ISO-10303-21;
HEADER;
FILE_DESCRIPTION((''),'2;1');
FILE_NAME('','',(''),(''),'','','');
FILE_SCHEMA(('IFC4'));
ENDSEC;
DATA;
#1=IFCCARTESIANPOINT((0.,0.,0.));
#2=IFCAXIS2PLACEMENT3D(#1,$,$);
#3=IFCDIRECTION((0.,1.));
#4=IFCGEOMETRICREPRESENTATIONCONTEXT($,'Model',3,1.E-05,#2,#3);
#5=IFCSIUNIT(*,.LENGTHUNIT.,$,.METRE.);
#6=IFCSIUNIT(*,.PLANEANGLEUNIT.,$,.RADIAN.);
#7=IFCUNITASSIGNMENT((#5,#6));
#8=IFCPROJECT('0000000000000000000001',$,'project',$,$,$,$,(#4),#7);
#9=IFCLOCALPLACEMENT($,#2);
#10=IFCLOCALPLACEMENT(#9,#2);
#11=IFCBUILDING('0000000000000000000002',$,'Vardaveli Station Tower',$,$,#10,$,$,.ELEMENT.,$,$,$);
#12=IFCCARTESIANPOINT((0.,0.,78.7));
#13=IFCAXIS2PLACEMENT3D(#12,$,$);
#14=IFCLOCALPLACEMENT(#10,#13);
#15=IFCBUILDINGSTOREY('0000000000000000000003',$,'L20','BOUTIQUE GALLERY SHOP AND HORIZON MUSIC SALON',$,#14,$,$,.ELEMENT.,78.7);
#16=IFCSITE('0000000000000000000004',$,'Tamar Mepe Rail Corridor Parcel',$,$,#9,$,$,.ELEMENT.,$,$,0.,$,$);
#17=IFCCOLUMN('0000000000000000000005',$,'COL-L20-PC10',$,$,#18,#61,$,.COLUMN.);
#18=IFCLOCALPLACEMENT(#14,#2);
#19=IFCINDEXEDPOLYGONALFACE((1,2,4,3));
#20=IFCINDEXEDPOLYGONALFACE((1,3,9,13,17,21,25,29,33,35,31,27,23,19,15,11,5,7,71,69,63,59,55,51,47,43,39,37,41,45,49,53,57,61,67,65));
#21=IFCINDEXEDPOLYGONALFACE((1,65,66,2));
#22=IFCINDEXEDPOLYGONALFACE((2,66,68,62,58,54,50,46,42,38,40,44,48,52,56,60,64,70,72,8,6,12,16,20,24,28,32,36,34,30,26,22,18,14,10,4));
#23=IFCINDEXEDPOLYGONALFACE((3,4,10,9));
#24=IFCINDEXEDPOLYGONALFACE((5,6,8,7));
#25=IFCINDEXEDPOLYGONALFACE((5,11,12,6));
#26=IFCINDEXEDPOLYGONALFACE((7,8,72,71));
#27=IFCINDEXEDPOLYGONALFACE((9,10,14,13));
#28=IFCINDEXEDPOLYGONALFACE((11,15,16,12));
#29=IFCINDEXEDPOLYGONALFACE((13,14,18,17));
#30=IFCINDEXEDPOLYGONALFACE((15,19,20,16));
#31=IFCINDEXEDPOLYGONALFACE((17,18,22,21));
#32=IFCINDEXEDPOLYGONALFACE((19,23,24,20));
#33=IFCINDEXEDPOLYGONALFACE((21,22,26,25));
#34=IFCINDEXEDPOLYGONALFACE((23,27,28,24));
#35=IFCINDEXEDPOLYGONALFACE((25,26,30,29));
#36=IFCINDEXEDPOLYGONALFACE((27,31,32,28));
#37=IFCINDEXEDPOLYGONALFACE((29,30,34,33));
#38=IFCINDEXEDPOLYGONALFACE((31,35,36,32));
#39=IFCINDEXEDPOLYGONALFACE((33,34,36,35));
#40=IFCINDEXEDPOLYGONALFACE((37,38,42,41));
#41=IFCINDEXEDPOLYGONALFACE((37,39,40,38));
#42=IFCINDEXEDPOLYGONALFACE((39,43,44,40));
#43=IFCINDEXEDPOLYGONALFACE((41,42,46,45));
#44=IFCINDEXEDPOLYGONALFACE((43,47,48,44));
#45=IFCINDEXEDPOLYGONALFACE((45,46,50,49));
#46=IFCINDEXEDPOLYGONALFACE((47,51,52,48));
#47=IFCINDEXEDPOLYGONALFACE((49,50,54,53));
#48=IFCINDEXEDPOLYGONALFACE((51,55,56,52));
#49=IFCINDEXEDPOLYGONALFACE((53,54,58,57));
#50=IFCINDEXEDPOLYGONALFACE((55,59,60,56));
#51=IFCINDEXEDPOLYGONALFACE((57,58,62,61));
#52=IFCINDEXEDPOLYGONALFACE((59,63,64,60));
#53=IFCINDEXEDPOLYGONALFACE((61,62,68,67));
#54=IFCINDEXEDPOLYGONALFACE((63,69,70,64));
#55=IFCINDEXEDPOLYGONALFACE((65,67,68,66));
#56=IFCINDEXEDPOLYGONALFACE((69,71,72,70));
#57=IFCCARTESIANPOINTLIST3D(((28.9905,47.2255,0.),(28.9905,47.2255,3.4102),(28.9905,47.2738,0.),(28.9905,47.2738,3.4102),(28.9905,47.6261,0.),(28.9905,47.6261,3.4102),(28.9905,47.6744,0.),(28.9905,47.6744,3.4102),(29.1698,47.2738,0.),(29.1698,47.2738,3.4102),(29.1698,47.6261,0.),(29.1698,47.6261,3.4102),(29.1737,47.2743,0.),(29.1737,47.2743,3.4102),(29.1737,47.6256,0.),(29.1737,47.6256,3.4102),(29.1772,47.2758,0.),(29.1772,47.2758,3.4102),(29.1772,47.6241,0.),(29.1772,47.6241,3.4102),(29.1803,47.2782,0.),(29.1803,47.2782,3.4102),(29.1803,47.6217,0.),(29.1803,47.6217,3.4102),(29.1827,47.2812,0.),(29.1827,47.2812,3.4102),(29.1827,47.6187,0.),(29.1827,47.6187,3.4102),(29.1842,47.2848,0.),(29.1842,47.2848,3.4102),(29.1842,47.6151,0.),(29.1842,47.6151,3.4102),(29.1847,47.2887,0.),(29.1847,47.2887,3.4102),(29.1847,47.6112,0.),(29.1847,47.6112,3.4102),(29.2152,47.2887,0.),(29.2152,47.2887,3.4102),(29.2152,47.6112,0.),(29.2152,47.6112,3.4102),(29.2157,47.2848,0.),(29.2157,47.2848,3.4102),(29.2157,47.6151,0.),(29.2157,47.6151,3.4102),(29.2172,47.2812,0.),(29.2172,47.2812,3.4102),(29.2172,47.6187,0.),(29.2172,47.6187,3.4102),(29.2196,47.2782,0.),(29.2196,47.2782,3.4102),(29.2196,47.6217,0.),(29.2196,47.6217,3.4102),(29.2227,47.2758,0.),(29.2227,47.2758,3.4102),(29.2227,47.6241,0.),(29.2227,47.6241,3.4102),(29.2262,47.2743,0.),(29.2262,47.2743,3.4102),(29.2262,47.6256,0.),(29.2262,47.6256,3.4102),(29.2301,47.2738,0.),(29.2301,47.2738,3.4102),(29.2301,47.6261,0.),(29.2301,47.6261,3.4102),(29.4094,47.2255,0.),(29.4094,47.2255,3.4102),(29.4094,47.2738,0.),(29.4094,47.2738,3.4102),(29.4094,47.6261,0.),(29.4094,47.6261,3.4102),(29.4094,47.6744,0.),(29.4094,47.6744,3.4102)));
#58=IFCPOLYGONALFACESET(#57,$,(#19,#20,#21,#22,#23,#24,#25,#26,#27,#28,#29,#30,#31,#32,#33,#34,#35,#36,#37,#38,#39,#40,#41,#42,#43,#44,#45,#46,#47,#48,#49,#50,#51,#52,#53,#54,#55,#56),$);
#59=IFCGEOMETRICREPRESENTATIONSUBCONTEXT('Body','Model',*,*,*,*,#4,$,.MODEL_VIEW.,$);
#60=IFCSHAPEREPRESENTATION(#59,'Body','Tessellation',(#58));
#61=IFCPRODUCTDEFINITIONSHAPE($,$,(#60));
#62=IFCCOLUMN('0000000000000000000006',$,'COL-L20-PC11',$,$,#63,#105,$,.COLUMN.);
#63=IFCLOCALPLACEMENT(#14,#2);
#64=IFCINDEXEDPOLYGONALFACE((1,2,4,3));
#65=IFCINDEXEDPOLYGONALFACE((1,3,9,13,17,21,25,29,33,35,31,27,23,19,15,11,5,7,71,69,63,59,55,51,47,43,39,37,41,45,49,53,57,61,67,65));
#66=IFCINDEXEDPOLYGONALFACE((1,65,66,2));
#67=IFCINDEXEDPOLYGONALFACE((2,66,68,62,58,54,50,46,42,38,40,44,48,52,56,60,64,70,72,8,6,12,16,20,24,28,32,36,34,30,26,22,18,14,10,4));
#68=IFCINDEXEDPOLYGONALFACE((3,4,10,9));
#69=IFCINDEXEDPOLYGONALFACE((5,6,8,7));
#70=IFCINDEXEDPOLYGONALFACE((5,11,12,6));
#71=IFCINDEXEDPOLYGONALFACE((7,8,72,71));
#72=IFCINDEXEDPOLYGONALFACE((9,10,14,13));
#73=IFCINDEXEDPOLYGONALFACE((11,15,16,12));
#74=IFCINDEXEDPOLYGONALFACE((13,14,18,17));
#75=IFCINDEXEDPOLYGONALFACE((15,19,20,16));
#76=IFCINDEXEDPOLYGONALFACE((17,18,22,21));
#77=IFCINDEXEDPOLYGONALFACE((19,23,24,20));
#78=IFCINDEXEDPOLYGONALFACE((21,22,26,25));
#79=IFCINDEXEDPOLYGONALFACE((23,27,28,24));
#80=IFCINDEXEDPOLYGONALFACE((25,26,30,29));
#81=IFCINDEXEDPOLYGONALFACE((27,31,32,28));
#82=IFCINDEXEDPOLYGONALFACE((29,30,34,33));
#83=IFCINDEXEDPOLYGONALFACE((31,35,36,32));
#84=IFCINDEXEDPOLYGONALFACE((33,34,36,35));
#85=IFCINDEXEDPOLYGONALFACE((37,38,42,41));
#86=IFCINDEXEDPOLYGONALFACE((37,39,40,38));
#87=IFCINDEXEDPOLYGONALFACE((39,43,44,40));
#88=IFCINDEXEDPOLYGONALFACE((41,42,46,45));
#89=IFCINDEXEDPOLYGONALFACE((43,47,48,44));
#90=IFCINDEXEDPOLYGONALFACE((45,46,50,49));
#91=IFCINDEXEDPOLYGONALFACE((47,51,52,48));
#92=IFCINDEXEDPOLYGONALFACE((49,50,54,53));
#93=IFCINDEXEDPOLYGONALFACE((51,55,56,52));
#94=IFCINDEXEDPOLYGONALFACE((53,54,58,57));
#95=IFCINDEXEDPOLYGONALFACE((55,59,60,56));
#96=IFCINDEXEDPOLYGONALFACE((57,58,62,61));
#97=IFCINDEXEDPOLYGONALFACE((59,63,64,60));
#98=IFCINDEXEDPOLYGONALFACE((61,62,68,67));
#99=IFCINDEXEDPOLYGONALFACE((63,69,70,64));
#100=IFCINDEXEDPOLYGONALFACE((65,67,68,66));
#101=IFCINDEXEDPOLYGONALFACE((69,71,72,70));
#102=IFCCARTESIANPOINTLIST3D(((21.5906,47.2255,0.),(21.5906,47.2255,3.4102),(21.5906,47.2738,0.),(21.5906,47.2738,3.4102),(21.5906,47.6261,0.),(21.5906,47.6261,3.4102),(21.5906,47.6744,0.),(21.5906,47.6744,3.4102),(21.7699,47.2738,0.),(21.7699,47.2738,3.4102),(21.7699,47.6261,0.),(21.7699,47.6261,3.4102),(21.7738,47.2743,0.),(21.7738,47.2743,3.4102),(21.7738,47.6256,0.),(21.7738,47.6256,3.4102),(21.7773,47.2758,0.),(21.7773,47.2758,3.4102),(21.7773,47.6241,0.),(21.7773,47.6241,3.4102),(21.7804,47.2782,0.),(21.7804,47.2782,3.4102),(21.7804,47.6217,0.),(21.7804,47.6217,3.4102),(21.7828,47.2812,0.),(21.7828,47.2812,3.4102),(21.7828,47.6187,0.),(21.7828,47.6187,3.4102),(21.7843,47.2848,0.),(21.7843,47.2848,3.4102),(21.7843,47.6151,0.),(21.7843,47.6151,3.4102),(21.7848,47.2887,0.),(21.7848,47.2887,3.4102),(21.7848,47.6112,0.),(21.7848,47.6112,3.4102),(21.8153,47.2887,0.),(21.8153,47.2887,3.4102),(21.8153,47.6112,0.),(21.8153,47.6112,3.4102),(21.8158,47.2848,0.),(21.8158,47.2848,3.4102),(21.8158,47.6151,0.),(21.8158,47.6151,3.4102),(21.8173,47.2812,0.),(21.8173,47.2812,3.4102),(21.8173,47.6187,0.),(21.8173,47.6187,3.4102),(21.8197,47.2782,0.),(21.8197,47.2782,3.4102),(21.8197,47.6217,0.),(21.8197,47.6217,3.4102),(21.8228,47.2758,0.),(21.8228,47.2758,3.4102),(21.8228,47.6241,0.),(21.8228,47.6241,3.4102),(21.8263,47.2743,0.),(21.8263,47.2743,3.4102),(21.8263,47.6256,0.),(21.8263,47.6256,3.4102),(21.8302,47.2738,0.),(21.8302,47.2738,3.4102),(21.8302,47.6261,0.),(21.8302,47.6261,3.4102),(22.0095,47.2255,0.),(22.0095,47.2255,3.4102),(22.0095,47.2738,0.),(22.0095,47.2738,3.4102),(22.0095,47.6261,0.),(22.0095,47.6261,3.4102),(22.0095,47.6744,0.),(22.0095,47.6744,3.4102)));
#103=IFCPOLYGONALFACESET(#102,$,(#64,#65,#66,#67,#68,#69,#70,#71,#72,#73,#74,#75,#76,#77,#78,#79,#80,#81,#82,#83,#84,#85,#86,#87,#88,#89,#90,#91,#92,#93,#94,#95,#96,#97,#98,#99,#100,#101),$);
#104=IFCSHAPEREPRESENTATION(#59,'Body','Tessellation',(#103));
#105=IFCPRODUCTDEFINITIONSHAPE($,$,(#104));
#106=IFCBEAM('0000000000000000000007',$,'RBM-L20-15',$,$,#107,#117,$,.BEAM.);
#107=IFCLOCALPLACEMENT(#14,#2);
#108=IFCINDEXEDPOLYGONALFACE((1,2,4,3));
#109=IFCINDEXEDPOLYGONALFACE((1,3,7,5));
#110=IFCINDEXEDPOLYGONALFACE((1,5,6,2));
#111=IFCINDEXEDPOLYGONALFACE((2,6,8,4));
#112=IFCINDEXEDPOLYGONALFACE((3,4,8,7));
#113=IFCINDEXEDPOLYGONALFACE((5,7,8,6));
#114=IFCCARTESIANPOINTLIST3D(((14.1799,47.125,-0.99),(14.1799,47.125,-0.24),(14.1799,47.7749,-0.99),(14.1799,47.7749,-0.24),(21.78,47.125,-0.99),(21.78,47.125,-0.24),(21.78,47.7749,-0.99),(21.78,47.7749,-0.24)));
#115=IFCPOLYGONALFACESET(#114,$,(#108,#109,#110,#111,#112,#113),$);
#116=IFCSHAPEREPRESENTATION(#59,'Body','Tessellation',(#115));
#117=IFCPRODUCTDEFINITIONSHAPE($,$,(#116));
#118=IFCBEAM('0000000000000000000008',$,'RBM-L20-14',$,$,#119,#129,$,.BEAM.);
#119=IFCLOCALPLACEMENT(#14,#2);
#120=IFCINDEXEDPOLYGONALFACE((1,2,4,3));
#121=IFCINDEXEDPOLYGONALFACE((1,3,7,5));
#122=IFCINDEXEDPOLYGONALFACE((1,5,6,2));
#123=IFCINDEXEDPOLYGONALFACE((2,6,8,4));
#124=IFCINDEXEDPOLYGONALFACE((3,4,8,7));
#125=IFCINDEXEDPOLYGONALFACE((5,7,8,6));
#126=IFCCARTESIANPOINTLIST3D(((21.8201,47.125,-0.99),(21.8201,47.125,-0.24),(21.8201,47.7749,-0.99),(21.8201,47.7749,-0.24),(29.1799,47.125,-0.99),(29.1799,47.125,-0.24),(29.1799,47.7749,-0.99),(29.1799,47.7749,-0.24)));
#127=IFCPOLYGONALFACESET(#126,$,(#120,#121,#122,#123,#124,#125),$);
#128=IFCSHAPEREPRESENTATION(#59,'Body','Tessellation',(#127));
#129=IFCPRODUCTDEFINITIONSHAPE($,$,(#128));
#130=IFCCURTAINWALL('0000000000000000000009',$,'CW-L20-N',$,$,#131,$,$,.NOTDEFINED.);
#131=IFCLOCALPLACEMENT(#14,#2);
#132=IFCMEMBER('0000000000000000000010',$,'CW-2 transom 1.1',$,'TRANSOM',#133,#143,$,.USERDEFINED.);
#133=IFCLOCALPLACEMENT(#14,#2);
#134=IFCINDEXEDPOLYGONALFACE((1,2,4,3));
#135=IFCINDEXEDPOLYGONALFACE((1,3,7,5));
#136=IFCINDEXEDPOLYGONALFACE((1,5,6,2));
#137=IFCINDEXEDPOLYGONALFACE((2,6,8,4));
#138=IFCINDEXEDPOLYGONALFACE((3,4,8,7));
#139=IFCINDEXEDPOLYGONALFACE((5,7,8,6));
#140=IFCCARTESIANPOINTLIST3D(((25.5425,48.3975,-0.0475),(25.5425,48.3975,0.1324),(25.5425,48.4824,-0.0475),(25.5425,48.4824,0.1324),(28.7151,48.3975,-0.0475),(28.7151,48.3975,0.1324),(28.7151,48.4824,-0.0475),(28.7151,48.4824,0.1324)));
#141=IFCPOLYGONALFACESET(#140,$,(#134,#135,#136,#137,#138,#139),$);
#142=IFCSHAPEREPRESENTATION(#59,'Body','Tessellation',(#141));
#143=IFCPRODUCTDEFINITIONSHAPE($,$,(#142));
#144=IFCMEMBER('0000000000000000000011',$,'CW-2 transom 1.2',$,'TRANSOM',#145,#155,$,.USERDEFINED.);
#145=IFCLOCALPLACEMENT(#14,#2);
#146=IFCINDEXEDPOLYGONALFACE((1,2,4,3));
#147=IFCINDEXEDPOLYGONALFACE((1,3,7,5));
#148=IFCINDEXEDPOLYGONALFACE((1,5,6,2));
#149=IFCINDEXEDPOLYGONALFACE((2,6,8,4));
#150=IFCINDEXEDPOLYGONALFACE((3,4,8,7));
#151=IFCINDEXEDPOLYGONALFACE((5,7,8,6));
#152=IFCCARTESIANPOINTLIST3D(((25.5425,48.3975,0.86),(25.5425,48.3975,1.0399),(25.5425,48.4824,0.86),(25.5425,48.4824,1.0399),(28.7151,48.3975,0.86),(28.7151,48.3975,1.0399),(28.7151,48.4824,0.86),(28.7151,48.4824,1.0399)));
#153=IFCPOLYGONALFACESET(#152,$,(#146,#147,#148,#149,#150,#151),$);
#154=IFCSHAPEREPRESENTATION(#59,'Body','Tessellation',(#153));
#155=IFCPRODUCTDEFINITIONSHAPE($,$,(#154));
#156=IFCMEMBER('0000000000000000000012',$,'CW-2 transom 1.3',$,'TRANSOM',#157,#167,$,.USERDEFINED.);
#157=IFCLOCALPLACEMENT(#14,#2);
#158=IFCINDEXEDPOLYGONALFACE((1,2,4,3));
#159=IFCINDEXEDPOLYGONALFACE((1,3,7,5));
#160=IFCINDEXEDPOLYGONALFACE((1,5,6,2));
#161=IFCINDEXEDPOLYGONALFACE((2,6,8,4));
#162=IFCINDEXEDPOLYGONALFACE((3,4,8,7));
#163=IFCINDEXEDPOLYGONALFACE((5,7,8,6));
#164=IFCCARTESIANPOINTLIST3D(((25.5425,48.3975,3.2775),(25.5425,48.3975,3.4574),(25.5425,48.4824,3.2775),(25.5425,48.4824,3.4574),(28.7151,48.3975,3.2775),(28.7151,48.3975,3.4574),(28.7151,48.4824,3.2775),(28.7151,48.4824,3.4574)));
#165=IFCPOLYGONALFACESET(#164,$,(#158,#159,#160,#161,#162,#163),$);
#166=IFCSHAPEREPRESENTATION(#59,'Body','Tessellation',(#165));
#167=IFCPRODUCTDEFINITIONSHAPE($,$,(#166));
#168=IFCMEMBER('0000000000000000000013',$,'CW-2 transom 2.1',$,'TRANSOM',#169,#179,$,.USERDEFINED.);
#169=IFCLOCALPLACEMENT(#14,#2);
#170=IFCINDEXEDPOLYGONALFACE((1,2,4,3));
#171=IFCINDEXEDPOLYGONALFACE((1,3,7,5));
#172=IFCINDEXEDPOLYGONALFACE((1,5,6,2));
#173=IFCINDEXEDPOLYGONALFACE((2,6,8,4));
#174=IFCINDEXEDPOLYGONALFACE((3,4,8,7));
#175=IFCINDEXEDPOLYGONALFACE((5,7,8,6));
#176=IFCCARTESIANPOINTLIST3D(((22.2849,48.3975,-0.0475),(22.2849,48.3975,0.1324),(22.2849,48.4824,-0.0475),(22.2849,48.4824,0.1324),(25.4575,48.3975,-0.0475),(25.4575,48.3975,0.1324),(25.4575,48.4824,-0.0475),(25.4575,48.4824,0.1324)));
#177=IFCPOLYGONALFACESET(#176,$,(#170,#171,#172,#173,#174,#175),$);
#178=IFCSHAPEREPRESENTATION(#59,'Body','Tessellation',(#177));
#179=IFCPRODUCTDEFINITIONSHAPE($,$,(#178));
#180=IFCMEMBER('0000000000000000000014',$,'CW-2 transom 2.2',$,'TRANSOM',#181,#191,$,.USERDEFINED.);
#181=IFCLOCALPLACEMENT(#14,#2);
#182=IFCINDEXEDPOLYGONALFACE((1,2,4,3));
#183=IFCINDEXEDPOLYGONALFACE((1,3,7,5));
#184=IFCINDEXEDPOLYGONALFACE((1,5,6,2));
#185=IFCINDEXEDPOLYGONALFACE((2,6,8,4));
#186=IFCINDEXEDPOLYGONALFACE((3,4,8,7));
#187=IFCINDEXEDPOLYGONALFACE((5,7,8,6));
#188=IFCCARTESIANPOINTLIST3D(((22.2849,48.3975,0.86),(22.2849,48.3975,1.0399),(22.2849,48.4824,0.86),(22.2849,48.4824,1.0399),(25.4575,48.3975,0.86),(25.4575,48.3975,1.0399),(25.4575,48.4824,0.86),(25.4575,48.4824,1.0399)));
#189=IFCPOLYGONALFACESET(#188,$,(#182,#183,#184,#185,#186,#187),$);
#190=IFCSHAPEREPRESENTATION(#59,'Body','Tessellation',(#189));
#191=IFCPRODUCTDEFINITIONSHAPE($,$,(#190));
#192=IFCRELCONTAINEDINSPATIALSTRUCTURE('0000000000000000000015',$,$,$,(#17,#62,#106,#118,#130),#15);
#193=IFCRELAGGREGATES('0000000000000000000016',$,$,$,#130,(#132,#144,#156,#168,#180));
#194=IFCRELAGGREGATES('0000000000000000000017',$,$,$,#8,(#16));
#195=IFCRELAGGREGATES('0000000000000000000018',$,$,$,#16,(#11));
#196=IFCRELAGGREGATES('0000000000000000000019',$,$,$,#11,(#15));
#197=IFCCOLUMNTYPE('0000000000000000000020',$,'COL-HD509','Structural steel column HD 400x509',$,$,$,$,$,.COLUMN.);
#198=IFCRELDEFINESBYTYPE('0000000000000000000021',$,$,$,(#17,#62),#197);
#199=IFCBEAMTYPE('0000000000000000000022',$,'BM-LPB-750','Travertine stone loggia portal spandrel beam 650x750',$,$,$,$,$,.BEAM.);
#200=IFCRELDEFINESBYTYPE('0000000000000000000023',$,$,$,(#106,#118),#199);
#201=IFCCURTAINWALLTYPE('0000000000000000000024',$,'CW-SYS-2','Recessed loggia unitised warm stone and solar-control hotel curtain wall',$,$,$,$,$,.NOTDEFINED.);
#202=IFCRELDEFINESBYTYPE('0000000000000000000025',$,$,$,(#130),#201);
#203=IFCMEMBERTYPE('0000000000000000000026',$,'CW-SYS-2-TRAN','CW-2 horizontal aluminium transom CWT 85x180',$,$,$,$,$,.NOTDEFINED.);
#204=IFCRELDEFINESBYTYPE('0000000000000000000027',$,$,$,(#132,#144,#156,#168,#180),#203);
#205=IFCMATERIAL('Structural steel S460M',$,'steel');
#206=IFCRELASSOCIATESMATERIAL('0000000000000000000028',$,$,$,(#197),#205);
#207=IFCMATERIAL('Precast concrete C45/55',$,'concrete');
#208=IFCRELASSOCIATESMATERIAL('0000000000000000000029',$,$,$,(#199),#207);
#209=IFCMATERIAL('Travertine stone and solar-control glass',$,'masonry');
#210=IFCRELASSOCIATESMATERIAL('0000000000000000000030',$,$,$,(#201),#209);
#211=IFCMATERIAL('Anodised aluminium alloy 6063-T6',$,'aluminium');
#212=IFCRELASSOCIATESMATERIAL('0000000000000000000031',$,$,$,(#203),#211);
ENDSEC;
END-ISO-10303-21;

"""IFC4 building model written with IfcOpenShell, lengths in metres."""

from ifc_helpers import new_model, si_unit, direction, frame, origin, origin_2d, place, context, subcontext, project, spatial, rectangle, i_section, extrude, source, transform, mapped, material, material_profile, profile_set, type_object, element, aggregate, save


model = new_model("IFC4")

# Units and contexts
model_context = context("Model", 3, precision=1e-05, world=origin(), true_north=direction((0.0, 1.0)))
body_context = subcontext(model_context, "Body", "Model", "MODEL_VIEW")
ifc_project = project(units=[si_unit("LENGTHUNIT", "METRE"), si_unit("PLANEANGLEUNIT", "RADIAN")], contexts=[model_context])

# Site, building, storey
site_placement = place(None, origin())
site = spatial("IfcSite", under=ifc_project, at=site_placement, Name="Tamar Mepe Rail Corridor Parcel", CompositionType="ELEMENT", RefElevation=0.0)
building_placement = place(site_placement, origin())
building = spatial("IfcBuilding", under=site, at=building_placement, Name="Vardaveli Station Tower", CompositionType="ELEMENT")
storey_placement = place(building_placement, frame((0.0, 0.0, 78.7)))
storey = spatial("IfcBuildingStorey", under=building, at=storey_placement, Name="L20", Description="BOUTIQUE GALLERY SHOP AND HORIZON MUSIC SALON", CompositionType="ELEMENT", Elevation=78.7)

# Columns
ifc_material_1 = material(Name="Structural steel S460M", Category="steel")
ifc_material_profile_1 = material_profile(ifc_material_1, i_section(OverallWidth=0.4189, OverallDepth=0.449, WebThickness=0.0305, FlangeThickness=0.0483, FilletRadius=0.0149, at=origin_2d()), Name="HD 400x509")
ifc_profile_set_1 = profile_set([ifc_material_profile_1], Name="Structural steel S460M")
column_type = type_object("IfcColumnType", Name="COL-HD509", Description="Structural steel column HD 400x509", PredefinedType="COLUMN", material=ifc_profile_set_1)
shared_shape_1 = source(origin(), body_context, "Body", "SweptSolid", [
    extrude(i_section(OverallWidth=0.4189, OverallDepth=0.449, WebThickness=0.0305, FlangeThickness=0.0483, FilletRadius=0.0149, at=origin_2d()), origin(), (0.0, 0.0, 1.0), 3.4102),
])
for number, where, z_axis, x_axis, name in (
    (1, (29.2, 47.45, 0.0), (0.0, 0.0, 1.0), (1.0, 0.0, 0.0), "COL-L20-PC10"),
    (2, (21.8, 47.45, 0.0), (0.0, 0.0, 1.0), (1.0, 0.0, 0.0), "COL-L20-PC11"),
):
    element("IfcColumn", number, at=place(storey_placement, frame(where, z_axis=z_axis, x_axis=x_axis)), inside=storey, type_object=column_type, Name=name, PredefinedType="COLUMN", context=body_context, shape_type="MappedRepresentation", body=[
        mapped(shared_shape_1, transform((0.0, 0.0, 0.0), scale=1.0)),
    ])

# Beams
ifc_material_2 = material(Name="Precast concrete C45/55", Category="concrete")
ifc_material_profile_2 = material_profile(ifc_material_2, rectangle(XDim=0.6499, YDim=0.75, at=origin_2d()), Name="LPB 650x750")
ifc_profile_set_2 = profile_set([ifc_material_profile_2], Name="Precast concrete C45/55")
beam_type = type_object("IfcBeamType", Name="BM-LPB-750", Description="Travertine stone loggia portal spandrel beam 650x750", PredefinedType="BEAM", material=ifc_profile_set_2)
shared_shape_2 = source(origin(), body_context, "Body", "SweptSolid", [
    extrude(rectangle(XDim=0.6499, YDim=0.75, at=origin_2d()), origin(), (0.0, 0.0, 1.0), 7.6001),
])
beam_1_placement = place(storey_placement, frame((21.78, 47.45, -0.615), z_axis=(-1.0, 0.0, 0.0), x_axis=(0.0, -1.0, 0.0)))
element("IfcBeam", 3, at=beam_1_placement, inside=storey, type_object=beam_type, Name="RBM-L20-15", PredefinedType="BEAM", context=body_context, shape_type="MappedRepresentation", body=[
    mapped(shared_shape_2, transform((0.0, 0.0, 0.0), scale=1.0)),
])
shared_shape_3 = source(origin(), body_context, "Body", "SweptSolid", [
    extrude(rectangle(XDim=0.6499, YDim=0.75, at=origin_2d()), origin(), (0.0, 0.0, 1.0), 7.3599),
])
beam_2_placement = place(storey_placement, frame((29.1799, 47.45, -0.615), z_axis=(-1.0, 0.0, 0.0), x_axis=(0.0, -1.0, 0.0)))
element("IfcBeam", 4, at=beam_2_placement, inside=storey, type_object=beam_type, Name="RBM-L20-14", PredefinedType="BEAM", context=body_context, shape_type="MappedRepresentation", body=[
    mapped(shared_shape_3, transform((0.0, 0.0, 0.0), scale=1.0)),
])

# Curtain wall, members
ifc_material_3 = material(Name="Travertine stone and solar-control glass", Category="masonry")
curtain_wall_type = type_object("IfcCurtainWallType", Name="CW-SYS-2", Description="Recessed loggia unitised warm stone and solar-control hotel curtain wall", PredefinedType="NOTDEFINED", material=ifc_material_3)
curtain_wall_placement = place(storey_placement, origin())
curtain_wall = element("IfcCurtainWall", 5, at=curtain_wall_placement, inside=storey, type_object=curtain_wall_type, Name="CW-L20-N", PredefinedType="NOTDEFINED")
ifc_material_4 = material(Name="Anodised aluminium alloy 6063-T6", Category="aluminium")
ifc_material_profile_3 = material_profile(ifc_material_4, rectangle(XDim=0.085, YDim=0.1799, at=origin_2d()), Name="CWT 85x180")
ifc_profile_set_3 = profile_set([ifc_material_profile_3], Name="Anodised aluminium alloy 6063-T6")
member_type_1 = type_object("IfcMemberType", Name="CW-SYS-2-TRAN", Description="CW-2 horizontal aluminium transom CWT 85x180", PredefinedType="NOTDEFINED", material=ifc_profile_set_3)
shared_shape_4 = source(origin(), body_context, "Body", "SweptSolid", [
    extrude(rectangle(XDim=0.085, YDim=0.1799, at=origin_2d()), origin(), (0.0, 0.0, 1.0), 3.1726),
])
member_1_placement = place(storey_placement, frame((28.7151, 48.4399, 0.0425), z_axis=(-1.0, 0.0, 0.0), x_axis=(0.0, -1.0, 0.0)))
member_1 = element("IfcMember", 6, at=member_1_placement, type_object=member_type_1, Name="CW-2 transom 1.1", ObjectType="TRANSOM", PredefinedType="USERDEFINED", context=body_context, shape_type="MappedRepresentation", body=[
    mapped(shared_shape_4, transform((0.0, 0.0, 0.0), scale=1.0)),
])
member_2_placement = place(storey_placement, frame((28.7151, 48.4399, 0.95), z_axis=(-1.0, 0.0, 0.0), x_axis=(0.0, -1.0, 0.0)))
member_2 = element("IfcMember", 7, at=member_2_placement, type_object=member_type_1, Name="CW-2 transom 1.2", ObjectType="TRANSOM", PredefinedType="USERDEFINED", context=body_context, shape_type="MappedRepresentation", body=[
    mapped(shared_shape_4, transform((0.0, 0.0, 0.0), scale=1.0)),
])
member_3_placement = place(storey_placement, frame((28.7151, 48.4399, 3.3674), z_axis=(-1.0, 0.0, 0.0), x_axis=(0.0, -1.0, 0.0)))
member_3 = element("IfcMember", 8, at=member_3_placement, type_object=member_type_1, Name="CW-2 transom 1.3", ObjectType="TRANSOM", PredefinedType="USERDEFINED", context=body_context, shape_type="MappedRepresentation", body=[
    mapped(shared_shape_4, transform((0.0, 0.0, 0.0), scale=1.0)),
])
member_4_placement = place(storey_placement, frame((25.4575, 48.4399, 0.0425), z_axis=(-1.0, 0.0, 0.0), x_axis=(0.0, -1.0, 0.0)))
member_4 = element("IfcMember", 9, at=member_4_placement, type_object=member_type_1, Name="CW-2 transom 2.1", ObjectType="TRANSOM", PredefinedType="USERDEFINED", context=body_context, shape_type="MappedRepresentation", body=[
    mapped(shared_shape_4, transform((0.0, 0.0, 0.0), scale=1.0)),
])
member_5_placement = place(storey_placement, frame((25.4575, 48.4399, 0.95), z_axis=(-1.0, 0.0, 0.0), x_axis=(0.0, -1.0, 0.0)))
member_5 = element("IfcMember", 10, at=member_5_placement, type_object=member_type_1, Name="CW-2 transom 2.2", ObjectType="TRANSOM", PredefinedType="USERDEFINED", context=body_context, shape_type="MappedRepresentation", body=[
    mapped(shared_shape_4, transform((0.0, 0.0, 0.0), scale=1.0)),
])
aggregate(curtain_wall, [member_1, member_2, member_3, member_4, member_5])

save(model, "model.ifc")
